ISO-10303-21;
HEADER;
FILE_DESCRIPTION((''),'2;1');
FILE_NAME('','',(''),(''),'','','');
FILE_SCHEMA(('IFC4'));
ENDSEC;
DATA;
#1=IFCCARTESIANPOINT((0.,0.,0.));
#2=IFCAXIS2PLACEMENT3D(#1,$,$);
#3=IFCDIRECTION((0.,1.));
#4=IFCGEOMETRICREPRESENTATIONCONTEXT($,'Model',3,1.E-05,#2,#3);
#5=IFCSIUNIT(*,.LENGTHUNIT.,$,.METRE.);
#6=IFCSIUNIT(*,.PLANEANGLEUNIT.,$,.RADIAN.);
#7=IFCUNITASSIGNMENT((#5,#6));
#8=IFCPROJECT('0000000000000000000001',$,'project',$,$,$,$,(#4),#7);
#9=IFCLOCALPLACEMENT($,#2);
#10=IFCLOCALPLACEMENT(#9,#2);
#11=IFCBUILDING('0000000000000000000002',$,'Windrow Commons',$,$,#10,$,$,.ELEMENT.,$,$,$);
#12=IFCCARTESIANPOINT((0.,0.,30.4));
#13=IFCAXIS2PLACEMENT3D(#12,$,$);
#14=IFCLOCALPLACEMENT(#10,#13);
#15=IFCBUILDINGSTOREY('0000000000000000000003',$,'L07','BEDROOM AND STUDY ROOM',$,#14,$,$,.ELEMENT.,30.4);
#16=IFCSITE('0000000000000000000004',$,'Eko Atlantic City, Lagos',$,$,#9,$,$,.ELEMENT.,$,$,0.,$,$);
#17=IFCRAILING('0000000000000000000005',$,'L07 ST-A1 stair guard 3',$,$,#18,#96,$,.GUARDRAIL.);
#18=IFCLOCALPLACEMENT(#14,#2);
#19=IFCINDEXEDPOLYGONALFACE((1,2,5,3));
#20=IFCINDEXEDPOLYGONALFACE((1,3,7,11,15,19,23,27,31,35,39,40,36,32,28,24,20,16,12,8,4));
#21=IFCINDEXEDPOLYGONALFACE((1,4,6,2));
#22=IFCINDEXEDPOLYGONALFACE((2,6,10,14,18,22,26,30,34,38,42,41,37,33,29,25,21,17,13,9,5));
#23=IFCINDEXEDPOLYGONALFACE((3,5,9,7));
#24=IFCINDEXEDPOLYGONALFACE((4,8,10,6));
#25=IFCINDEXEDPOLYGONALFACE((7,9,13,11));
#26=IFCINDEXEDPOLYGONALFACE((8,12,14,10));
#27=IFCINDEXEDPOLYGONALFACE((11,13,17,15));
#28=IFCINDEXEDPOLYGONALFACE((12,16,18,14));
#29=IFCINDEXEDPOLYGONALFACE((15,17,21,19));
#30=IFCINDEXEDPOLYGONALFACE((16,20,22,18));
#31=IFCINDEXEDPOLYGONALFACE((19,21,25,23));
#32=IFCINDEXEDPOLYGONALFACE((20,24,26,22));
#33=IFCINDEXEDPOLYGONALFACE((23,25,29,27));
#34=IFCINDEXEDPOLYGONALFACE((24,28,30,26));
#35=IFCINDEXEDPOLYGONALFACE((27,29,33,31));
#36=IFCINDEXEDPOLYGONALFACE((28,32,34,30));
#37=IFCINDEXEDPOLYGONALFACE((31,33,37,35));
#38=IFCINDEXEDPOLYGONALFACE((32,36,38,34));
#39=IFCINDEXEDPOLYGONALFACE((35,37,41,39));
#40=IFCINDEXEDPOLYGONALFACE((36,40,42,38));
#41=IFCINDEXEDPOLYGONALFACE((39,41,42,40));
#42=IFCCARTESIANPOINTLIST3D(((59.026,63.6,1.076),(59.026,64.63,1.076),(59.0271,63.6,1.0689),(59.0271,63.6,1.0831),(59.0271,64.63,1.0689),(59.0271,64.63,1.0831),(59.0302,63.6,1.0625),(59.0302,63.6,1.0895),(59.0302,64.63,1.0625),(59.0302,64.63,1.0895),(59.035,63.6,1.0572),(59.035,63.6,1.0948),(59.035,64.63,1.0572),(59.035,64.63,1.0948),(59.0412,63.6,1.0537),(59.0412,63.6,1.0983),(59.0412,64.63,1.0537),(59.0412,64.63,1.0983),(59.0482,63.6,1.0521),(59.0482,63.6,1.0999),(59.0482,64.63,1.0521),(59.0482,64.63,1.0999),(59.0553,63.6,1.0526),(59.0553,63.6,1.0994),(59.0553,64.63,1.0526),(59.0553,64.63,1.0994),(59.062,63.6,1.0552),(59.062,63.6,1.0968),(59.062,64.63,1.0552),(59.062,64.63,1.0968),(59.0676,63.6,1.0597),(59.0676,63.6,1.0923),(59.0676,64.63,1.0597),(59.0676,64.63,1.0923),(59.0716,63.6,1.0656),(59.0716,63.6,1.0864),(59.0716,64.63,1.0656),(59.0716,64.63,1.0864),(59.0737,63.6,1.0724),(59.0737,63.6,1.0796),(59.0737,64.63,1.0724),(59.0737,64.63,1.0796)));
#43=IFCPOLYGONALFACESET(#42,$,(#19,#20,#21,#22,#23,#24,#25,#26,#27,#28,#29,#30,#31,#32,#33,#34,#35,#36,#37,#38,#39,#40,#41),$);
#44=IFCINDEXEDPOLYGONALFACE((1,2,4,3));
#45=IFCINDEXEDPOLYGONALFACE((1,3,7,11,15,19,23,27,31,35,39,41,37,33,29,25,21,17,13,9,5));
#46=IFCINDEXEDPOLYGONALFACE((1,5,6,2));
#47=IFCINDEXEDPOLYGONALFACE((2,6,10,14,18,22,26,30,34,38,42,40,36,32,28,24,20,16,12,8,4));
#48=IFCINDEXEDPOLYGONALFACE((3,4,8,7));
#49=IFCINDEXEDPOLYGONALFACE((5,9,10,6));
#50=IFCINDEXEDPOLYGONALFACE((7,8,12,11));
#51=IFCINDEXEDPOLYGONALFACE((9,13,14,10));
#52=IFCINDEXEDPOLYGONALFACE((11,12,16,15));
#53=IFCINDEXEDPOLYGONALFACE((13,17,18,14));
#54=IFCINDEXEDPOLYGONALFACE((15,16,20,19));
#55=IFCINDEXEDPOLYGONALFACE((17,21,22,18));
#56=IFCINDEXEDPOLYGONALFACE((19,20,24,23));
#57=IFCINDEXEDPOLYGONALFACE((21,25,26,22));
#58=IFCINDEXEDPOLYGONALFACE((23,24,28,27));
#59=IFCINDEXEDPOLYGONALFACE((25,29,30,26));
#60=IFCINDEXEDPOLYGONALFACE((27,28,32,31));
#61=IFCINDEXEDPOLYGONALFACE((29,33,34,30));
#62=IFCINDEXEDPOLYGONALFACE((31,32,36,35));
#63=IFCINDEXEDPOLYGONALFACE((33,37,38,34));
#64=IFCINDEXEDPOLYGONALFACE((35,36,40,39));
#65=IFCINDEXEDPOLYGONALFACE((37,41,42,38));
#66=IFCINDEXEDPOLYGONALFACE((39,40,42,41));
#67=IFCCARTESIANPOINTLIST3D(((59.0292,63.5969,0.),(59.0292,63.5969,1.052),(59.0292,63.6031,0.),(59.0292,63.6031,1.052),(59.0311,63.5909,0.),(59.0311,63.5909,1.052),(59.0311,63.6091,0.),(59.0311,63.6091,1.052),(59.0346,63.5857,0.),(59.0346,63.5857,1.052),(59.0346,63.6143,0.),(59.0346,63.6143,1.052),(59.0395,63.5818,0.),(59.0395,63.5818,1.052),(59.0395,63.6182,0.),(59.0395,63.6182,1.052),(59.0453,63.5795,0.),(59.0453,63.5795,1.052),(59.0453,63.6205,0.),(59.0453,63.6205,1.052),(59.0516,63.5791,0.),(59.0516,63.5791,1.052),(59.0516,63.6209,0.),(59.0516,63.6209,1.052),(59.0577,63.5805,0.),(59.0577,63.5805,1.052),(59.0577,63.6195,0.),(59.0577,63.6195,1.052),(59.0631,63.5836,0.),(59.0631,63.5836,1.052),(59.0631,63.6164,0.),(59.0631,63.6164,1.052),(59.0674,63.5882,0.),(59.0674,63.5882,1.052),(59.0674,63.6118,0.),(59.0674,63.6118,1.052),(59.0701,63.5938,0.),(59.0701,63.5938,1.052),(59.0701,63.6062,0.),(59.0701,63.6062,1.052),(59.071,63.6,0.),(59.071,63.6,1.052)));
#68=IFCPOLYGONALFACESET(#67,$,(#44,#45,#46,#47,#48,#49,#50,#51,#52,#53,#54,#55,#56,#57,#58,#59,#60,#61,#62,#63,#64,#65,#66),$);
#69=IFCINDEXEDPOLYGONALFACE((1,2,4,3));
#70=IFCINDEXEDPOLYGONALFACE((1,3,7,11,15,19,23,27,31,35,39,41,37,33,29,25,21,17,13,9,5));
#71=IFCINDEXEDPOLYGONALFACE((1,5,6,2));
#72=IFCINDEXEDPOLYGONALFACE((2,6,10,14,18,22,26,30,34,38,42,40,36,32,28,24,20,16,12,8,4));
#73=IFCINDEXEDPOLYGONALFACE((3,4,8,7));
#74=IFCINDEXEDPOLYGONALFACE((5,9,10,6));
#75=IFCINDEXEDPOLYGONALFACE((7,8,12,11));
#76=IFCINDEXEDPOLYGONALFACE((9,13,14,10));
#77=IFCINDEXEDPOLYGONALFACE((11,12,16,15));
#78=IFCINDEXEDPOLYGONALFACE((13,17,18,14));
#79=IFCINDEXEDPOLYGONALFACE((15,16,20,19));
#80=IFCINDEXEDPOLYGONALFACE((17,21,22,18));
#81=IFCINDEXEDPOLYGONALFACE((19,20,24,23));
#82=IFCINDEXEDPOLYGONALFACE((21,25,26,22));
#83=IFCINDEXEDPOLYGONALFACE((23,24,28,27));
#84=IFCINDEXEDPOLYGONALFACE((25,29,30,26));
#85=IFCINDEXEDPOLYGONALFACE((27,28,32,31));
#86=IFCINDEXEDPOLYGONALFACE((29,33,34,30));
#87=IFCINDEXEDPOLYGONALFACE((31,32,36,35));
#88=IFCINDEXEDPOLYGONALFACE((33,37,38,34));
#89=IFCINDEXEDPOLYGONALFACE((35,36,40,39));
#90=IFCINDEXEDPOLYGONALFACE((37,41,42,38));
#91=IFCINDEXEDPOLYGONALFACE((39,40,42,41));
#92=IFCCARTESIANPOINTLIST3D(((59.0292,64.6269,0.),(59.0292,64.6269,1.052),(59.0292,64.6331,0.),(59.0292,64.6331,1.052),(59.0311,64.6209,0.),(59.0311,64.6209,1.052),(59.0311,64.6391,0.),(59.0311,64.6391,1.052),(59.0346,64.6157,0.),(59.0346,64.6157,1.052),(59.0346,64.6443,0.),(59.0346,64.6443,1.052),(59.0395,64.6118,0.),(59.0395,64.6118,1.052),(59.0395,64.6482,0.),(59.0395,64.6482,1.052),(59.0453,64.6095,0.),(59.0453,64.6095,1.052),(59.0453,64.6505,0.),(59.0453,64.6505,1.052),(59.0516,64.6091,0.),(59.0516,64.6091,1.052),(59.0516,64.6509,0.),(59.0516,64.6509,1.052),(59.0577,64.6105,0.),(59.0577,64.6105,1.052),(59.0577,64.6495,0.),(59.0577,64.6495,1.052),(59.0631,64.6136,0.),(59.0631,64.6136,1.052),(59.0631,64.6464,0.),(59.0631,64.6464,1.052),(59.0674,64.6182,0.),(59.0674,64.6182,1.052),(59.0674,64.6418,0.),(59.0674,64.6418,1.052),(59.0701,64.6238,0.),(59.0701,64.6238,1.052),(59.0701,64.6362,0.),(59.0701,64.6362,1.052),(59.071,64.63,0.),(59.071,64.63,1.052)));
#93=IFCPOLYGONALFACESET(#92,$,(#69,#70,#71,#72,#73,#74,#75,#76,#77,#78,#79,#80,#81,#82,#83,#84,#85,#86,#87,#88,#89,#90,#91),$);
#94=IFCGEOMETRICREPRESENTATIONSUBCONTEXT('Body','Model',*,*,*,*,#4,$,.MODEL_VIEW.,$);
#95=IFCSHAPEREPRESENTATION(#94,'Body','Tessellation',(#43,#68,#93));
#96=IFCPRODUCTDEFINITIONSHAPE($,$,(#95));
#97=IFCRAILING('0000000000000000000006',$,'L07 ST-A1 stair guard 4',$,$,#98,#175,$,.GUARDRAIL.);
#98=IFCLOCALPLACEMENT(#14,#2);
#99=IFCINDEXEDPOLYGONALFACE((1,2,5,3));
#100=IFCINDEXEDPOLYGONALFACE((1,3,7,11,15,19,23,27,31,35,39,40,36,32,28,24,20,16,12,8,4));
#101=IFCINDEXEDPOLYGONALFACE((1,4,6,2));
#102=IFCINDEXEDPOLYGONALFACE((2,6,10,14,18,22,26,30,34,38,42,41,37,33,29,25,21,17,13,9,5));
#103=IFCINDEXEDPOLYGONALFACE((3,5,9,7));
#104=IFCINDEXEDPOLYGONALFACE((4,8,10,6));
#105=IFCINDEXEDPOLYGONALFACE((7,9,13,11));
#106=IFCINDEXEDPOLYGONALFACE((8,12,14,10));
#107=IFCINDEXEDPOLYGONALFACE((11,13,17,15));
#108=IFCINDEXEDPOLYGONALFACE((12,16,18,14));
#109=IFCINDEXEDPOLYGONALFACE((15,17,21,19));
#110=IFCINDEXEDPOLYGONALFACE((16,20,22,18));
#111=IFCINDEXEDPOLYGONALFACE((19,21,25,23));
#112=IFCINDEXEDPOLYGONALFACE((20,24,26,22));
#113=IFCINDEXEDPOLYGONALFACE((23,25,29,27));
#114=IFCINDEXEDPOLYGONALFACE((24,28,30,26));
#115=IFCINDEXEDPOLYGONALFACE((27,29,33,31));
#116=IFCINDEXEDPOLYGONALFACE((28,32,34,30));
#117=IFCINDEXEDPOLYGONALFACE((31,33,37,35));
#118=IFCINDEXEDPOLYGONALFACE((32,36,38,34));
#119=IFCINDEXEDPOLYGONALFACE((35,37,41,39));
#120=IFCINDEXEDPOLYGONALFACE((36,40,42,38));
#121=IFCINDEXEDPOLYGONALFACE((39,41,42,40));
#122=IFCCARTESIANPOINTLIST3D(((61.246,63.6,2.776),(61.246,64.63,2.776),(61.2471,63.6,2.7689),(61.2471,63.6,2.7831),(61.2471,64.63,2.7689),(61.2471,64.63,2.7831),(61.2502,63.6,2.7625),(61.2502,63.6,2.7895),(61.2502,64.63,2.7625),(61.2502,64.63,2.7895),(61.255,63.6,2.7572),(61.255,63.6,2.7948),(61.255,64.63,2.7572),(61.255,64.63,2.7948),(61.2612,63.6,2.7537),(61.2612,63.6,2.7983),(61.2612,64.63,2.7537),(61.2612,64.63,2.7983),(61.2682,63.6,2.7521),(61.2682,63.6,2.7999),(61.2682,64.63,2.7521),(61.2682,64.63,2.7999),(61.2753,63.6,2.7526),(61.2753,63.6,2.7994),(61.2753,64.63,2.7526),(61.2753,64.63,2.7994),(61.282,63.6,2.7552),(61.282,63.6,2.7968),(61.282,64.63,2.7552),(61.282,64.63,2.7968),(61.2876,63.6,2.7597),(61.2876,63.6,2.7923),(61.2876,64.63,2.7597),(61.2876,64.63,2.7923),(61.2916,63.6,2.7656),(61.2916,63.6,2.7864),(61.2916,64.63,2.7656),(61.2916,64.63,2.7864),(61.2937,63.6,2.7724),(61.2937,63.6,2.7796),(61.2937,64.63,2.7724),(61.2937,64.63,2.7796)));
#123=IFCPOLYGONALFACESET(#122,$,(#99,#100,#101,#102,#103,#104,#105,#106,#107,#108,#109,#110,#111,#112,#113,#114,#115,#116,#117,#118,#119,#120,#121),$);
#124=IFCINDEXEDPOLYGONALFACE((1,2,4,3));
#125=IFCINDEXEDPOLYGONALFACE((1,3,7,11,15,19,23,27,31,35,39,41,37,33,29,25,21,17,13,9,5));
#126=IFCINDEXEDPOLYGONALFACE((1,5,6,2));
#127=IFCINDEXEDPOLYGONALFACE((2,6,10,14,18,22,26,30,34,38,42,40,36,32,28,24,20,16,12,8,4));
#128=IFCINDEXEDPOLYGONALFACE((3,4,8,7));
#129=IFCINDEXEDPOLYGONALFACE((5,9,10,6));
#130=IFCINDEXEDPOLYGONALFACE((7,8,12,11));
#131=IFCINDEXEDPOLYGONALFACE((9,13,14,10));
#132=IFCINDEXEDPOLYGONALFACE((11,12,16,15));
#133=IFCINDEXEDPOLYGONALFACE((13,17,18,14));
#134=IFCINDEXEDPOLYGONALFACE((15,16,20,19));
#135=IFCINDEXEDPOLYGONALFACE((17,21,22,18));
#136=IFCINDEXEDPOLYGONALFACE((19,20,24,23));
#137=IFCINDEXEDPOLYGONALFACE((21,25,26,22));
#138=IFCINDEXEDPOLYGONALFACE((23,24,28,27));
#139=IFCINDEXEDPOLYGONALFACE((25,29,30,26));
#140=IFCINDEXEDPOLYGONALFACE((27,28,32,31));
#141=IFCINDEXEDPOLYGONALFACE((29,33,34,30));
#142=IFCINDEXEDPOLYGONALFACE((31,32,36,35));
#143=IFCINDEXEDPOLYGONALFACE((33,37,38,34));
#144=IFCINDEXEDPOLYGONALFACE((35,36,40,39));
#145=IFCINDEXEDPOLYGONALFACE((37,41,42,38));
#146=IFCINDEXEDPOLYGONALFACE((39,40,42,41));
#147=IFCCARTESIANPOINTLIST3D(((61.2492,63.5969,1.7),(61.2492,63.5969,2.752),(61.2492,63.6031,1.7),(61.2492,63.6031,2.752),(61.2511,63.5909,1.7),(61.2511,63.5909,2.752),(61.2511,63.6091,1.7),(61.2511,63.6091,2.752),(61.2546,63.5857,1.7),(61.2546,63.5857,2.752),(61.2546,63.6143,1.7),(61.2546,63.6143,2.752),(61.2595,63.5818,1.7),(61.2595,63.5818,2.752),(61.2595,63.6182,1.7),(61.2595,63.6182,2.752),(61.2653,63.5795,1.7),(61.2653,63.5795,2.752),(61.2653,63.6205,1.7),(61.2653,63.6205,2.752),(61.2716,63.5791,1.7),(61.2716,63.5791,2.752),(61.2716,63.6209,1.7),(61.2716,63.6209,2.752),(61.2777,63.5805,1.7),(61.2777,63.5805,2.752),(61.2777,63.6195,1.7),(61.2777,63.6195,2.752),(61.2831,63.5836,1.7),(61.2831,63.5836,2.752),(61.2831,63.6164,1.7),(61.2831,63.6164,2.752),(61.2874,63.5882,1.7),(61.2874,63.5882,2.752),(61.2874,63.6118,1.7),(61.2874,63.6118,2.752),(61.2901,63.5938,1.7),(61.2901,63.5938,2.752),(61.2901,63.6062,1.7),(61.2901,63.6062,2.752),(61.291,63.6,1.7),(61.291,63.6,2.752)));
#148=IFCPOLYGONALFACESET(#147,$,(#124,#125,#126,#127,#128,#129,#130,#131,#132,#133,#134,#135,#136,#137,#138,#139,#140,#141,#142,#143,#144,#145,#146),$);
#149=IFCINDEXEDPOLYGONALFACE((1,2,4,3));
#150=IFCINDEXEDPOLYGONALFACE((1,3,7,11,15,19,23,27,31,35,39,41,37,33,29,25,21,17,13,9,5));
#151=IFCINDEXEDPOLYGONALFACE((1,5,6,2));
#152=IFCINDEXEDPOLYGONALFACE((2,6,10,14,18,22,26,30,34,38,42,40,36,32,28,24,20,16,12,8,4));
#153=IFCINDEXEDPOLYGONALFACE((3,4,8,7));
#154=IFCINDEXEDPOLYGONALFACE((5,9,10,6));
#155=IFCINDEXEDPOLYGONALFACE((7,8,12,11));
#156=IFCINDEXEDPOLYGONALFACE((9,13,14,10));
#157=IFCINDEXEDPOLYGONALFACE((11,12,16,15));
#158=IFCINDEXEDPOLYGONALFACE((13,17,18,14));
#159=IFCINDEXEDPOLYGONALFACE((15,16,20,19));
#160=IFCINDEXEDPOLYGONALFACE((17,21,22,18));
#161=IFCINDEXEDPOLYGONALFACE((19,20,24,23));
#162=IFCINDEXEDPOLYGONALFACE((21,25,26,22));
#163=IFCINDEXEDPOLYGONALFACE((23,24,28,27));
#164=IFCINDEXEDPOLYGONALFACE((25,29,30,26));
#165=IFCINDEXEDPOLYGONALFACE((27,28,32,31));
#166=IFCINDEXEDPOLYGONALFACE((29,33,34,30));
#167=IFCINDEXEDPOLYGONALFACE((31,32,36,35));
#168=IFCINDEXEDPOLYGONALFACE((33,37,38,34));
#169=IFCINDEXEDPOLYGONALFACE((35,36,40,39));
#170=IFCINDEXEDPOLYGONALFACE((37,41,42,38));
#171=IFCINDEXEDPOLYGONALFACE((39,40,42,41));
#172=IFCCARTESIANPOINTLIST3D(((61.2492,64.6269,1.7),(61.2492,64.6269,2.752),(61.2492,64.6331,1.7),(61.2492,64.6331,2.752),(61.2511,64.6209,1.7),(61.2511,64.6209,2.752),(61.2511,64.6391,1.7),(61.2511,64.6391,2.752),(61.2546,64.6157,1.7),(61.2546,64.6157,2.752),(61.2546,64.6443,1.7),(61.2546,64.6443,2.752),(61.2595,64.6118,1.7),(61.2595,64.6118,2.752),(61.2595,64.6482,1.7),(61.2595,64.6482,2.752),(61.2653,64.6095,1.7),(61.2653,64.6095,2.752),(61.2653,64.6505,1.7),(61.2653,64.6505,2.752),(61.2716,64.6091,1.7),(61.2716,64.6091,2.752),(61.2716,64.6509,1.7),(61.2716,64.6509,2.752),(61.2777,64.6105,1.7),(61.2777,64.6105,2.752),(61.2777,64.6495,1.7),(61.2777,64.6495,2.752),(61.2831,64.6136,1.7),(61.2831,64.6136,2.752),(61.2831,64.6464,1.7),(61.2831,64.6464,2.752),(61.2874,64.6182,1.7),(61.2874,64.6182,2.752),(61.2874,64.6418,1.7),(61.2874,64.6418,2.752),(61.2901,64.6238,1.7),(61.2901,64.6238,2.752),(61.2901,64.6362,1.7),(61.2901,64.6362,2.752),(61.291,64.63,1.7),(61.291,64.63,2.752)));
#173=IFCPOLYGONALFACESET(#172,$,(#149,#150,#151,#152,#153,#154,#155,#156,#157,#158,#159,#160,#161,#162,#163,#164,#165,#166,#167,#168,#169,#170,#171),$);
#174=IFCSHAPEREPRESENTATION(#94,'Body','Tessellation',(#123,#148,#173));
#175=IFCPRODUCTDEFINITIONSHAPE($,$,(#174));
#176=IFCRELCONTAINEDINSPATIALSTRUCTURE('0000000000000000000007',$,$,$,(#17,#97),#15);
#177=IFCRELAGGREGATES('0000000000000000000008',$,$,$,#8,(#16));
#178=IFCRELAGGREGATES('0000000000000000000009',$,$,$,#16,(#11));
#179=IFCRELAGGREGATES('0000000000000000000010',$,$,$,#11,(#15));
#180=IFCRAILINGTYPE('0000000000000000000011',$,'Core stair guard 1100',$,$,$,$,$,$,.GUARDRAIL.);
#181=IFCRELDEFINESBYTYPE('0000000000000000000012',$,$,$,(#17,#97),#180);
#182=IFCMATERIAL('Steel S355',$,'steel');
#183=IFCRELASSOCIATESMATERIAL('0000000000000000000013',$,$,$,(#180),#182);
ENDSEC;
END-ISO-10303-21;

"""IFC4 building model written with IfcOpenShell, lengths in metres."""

from ifc_helpers import new_model, si_unit, direction, frame, origin, origin_2d, place, context, subcontext, project, spatial, circle, extrude, material, type_object, element, save


model = new_model("IFC4")

# Units and contexts
model_context = context("Model", 3, precision=1e-05, world=origin(), true_north=direction((0.0, 1.0)))
body_context = subcontext(model_context, "Body", "Model", "MODEL_VIEW")
ifc_project = project(units=[si_unit("LENGTHUNIT", "METRE"), si_unit("PLANEANGLEUNIT", "RADIAN")], contexts=[model_context])

# Site, building, storey
site_placement = place(None, origin())
site = spatial("IfcSite", under=ifc_project, at=site_placement, Name="Eko Atlantic City, Lagos", CompositionType="ELEMENT", RefElevation=0.0)
building_placement = place(site_placement, origin())
building = spatial("IfcBuilding", under=site, at=building_placement, Name="Windrow Commons", CompositionType="ELEMENT")
storey_placement = place(building_placement, frame((0.0, 0.0, 30.4)))
storey = spatial("IfcBuildingStorey", under=building, at=storey_placement, Name="L07", Description="BEDROOM AND STUDY ROOM", CompositionType="ELEMENT", Elevation=30.4)

# Railings
ifc_material_1 = material(Name="Steel S355", Category="steel")
railing_type_1 = type_object("IfcRailingType", Name="Core stair guard 1100", PredefinedType="GUARDRAIL", material=ifc_material_1)
for number, where, name in (
    (1, (59.05, 63.6, 0.0), "L07 ST-A1 stair guard 3"),
    (2, (61.27, 63.6, 1.7), "L07 ST-A1 stair guard 4"),
):
    element("IfcRailing", number, at=place(storey_placement, frame(where)), inside=storey, type_object=railing_type_1, Name=name, PredefinedType="GUARDRAIL", context=body_context, shape_type="SweptSolid", body=[
        extrude(circle(Radius=0.024, at=origin_2d()), frame((0.0, 0.0, 1.076), z_axis=(0.0, 1.0, 0.0), x_axis=(-1.0, 0.0, 0.0)), (0.0, 0.0, 1.0), 1.03),
        extrude(circle(Radius=0.021, at=origin_2d()), origin(), (0.0, 0.0, 1.0), 1.052),
        extrude(circle(Radius=0.021, at=origin_2d()), frame((0.0, 1.03, 0.0)), (0.0, 0.0, 1.0), 1.052),
    ])

save(model, "model.ifc")
